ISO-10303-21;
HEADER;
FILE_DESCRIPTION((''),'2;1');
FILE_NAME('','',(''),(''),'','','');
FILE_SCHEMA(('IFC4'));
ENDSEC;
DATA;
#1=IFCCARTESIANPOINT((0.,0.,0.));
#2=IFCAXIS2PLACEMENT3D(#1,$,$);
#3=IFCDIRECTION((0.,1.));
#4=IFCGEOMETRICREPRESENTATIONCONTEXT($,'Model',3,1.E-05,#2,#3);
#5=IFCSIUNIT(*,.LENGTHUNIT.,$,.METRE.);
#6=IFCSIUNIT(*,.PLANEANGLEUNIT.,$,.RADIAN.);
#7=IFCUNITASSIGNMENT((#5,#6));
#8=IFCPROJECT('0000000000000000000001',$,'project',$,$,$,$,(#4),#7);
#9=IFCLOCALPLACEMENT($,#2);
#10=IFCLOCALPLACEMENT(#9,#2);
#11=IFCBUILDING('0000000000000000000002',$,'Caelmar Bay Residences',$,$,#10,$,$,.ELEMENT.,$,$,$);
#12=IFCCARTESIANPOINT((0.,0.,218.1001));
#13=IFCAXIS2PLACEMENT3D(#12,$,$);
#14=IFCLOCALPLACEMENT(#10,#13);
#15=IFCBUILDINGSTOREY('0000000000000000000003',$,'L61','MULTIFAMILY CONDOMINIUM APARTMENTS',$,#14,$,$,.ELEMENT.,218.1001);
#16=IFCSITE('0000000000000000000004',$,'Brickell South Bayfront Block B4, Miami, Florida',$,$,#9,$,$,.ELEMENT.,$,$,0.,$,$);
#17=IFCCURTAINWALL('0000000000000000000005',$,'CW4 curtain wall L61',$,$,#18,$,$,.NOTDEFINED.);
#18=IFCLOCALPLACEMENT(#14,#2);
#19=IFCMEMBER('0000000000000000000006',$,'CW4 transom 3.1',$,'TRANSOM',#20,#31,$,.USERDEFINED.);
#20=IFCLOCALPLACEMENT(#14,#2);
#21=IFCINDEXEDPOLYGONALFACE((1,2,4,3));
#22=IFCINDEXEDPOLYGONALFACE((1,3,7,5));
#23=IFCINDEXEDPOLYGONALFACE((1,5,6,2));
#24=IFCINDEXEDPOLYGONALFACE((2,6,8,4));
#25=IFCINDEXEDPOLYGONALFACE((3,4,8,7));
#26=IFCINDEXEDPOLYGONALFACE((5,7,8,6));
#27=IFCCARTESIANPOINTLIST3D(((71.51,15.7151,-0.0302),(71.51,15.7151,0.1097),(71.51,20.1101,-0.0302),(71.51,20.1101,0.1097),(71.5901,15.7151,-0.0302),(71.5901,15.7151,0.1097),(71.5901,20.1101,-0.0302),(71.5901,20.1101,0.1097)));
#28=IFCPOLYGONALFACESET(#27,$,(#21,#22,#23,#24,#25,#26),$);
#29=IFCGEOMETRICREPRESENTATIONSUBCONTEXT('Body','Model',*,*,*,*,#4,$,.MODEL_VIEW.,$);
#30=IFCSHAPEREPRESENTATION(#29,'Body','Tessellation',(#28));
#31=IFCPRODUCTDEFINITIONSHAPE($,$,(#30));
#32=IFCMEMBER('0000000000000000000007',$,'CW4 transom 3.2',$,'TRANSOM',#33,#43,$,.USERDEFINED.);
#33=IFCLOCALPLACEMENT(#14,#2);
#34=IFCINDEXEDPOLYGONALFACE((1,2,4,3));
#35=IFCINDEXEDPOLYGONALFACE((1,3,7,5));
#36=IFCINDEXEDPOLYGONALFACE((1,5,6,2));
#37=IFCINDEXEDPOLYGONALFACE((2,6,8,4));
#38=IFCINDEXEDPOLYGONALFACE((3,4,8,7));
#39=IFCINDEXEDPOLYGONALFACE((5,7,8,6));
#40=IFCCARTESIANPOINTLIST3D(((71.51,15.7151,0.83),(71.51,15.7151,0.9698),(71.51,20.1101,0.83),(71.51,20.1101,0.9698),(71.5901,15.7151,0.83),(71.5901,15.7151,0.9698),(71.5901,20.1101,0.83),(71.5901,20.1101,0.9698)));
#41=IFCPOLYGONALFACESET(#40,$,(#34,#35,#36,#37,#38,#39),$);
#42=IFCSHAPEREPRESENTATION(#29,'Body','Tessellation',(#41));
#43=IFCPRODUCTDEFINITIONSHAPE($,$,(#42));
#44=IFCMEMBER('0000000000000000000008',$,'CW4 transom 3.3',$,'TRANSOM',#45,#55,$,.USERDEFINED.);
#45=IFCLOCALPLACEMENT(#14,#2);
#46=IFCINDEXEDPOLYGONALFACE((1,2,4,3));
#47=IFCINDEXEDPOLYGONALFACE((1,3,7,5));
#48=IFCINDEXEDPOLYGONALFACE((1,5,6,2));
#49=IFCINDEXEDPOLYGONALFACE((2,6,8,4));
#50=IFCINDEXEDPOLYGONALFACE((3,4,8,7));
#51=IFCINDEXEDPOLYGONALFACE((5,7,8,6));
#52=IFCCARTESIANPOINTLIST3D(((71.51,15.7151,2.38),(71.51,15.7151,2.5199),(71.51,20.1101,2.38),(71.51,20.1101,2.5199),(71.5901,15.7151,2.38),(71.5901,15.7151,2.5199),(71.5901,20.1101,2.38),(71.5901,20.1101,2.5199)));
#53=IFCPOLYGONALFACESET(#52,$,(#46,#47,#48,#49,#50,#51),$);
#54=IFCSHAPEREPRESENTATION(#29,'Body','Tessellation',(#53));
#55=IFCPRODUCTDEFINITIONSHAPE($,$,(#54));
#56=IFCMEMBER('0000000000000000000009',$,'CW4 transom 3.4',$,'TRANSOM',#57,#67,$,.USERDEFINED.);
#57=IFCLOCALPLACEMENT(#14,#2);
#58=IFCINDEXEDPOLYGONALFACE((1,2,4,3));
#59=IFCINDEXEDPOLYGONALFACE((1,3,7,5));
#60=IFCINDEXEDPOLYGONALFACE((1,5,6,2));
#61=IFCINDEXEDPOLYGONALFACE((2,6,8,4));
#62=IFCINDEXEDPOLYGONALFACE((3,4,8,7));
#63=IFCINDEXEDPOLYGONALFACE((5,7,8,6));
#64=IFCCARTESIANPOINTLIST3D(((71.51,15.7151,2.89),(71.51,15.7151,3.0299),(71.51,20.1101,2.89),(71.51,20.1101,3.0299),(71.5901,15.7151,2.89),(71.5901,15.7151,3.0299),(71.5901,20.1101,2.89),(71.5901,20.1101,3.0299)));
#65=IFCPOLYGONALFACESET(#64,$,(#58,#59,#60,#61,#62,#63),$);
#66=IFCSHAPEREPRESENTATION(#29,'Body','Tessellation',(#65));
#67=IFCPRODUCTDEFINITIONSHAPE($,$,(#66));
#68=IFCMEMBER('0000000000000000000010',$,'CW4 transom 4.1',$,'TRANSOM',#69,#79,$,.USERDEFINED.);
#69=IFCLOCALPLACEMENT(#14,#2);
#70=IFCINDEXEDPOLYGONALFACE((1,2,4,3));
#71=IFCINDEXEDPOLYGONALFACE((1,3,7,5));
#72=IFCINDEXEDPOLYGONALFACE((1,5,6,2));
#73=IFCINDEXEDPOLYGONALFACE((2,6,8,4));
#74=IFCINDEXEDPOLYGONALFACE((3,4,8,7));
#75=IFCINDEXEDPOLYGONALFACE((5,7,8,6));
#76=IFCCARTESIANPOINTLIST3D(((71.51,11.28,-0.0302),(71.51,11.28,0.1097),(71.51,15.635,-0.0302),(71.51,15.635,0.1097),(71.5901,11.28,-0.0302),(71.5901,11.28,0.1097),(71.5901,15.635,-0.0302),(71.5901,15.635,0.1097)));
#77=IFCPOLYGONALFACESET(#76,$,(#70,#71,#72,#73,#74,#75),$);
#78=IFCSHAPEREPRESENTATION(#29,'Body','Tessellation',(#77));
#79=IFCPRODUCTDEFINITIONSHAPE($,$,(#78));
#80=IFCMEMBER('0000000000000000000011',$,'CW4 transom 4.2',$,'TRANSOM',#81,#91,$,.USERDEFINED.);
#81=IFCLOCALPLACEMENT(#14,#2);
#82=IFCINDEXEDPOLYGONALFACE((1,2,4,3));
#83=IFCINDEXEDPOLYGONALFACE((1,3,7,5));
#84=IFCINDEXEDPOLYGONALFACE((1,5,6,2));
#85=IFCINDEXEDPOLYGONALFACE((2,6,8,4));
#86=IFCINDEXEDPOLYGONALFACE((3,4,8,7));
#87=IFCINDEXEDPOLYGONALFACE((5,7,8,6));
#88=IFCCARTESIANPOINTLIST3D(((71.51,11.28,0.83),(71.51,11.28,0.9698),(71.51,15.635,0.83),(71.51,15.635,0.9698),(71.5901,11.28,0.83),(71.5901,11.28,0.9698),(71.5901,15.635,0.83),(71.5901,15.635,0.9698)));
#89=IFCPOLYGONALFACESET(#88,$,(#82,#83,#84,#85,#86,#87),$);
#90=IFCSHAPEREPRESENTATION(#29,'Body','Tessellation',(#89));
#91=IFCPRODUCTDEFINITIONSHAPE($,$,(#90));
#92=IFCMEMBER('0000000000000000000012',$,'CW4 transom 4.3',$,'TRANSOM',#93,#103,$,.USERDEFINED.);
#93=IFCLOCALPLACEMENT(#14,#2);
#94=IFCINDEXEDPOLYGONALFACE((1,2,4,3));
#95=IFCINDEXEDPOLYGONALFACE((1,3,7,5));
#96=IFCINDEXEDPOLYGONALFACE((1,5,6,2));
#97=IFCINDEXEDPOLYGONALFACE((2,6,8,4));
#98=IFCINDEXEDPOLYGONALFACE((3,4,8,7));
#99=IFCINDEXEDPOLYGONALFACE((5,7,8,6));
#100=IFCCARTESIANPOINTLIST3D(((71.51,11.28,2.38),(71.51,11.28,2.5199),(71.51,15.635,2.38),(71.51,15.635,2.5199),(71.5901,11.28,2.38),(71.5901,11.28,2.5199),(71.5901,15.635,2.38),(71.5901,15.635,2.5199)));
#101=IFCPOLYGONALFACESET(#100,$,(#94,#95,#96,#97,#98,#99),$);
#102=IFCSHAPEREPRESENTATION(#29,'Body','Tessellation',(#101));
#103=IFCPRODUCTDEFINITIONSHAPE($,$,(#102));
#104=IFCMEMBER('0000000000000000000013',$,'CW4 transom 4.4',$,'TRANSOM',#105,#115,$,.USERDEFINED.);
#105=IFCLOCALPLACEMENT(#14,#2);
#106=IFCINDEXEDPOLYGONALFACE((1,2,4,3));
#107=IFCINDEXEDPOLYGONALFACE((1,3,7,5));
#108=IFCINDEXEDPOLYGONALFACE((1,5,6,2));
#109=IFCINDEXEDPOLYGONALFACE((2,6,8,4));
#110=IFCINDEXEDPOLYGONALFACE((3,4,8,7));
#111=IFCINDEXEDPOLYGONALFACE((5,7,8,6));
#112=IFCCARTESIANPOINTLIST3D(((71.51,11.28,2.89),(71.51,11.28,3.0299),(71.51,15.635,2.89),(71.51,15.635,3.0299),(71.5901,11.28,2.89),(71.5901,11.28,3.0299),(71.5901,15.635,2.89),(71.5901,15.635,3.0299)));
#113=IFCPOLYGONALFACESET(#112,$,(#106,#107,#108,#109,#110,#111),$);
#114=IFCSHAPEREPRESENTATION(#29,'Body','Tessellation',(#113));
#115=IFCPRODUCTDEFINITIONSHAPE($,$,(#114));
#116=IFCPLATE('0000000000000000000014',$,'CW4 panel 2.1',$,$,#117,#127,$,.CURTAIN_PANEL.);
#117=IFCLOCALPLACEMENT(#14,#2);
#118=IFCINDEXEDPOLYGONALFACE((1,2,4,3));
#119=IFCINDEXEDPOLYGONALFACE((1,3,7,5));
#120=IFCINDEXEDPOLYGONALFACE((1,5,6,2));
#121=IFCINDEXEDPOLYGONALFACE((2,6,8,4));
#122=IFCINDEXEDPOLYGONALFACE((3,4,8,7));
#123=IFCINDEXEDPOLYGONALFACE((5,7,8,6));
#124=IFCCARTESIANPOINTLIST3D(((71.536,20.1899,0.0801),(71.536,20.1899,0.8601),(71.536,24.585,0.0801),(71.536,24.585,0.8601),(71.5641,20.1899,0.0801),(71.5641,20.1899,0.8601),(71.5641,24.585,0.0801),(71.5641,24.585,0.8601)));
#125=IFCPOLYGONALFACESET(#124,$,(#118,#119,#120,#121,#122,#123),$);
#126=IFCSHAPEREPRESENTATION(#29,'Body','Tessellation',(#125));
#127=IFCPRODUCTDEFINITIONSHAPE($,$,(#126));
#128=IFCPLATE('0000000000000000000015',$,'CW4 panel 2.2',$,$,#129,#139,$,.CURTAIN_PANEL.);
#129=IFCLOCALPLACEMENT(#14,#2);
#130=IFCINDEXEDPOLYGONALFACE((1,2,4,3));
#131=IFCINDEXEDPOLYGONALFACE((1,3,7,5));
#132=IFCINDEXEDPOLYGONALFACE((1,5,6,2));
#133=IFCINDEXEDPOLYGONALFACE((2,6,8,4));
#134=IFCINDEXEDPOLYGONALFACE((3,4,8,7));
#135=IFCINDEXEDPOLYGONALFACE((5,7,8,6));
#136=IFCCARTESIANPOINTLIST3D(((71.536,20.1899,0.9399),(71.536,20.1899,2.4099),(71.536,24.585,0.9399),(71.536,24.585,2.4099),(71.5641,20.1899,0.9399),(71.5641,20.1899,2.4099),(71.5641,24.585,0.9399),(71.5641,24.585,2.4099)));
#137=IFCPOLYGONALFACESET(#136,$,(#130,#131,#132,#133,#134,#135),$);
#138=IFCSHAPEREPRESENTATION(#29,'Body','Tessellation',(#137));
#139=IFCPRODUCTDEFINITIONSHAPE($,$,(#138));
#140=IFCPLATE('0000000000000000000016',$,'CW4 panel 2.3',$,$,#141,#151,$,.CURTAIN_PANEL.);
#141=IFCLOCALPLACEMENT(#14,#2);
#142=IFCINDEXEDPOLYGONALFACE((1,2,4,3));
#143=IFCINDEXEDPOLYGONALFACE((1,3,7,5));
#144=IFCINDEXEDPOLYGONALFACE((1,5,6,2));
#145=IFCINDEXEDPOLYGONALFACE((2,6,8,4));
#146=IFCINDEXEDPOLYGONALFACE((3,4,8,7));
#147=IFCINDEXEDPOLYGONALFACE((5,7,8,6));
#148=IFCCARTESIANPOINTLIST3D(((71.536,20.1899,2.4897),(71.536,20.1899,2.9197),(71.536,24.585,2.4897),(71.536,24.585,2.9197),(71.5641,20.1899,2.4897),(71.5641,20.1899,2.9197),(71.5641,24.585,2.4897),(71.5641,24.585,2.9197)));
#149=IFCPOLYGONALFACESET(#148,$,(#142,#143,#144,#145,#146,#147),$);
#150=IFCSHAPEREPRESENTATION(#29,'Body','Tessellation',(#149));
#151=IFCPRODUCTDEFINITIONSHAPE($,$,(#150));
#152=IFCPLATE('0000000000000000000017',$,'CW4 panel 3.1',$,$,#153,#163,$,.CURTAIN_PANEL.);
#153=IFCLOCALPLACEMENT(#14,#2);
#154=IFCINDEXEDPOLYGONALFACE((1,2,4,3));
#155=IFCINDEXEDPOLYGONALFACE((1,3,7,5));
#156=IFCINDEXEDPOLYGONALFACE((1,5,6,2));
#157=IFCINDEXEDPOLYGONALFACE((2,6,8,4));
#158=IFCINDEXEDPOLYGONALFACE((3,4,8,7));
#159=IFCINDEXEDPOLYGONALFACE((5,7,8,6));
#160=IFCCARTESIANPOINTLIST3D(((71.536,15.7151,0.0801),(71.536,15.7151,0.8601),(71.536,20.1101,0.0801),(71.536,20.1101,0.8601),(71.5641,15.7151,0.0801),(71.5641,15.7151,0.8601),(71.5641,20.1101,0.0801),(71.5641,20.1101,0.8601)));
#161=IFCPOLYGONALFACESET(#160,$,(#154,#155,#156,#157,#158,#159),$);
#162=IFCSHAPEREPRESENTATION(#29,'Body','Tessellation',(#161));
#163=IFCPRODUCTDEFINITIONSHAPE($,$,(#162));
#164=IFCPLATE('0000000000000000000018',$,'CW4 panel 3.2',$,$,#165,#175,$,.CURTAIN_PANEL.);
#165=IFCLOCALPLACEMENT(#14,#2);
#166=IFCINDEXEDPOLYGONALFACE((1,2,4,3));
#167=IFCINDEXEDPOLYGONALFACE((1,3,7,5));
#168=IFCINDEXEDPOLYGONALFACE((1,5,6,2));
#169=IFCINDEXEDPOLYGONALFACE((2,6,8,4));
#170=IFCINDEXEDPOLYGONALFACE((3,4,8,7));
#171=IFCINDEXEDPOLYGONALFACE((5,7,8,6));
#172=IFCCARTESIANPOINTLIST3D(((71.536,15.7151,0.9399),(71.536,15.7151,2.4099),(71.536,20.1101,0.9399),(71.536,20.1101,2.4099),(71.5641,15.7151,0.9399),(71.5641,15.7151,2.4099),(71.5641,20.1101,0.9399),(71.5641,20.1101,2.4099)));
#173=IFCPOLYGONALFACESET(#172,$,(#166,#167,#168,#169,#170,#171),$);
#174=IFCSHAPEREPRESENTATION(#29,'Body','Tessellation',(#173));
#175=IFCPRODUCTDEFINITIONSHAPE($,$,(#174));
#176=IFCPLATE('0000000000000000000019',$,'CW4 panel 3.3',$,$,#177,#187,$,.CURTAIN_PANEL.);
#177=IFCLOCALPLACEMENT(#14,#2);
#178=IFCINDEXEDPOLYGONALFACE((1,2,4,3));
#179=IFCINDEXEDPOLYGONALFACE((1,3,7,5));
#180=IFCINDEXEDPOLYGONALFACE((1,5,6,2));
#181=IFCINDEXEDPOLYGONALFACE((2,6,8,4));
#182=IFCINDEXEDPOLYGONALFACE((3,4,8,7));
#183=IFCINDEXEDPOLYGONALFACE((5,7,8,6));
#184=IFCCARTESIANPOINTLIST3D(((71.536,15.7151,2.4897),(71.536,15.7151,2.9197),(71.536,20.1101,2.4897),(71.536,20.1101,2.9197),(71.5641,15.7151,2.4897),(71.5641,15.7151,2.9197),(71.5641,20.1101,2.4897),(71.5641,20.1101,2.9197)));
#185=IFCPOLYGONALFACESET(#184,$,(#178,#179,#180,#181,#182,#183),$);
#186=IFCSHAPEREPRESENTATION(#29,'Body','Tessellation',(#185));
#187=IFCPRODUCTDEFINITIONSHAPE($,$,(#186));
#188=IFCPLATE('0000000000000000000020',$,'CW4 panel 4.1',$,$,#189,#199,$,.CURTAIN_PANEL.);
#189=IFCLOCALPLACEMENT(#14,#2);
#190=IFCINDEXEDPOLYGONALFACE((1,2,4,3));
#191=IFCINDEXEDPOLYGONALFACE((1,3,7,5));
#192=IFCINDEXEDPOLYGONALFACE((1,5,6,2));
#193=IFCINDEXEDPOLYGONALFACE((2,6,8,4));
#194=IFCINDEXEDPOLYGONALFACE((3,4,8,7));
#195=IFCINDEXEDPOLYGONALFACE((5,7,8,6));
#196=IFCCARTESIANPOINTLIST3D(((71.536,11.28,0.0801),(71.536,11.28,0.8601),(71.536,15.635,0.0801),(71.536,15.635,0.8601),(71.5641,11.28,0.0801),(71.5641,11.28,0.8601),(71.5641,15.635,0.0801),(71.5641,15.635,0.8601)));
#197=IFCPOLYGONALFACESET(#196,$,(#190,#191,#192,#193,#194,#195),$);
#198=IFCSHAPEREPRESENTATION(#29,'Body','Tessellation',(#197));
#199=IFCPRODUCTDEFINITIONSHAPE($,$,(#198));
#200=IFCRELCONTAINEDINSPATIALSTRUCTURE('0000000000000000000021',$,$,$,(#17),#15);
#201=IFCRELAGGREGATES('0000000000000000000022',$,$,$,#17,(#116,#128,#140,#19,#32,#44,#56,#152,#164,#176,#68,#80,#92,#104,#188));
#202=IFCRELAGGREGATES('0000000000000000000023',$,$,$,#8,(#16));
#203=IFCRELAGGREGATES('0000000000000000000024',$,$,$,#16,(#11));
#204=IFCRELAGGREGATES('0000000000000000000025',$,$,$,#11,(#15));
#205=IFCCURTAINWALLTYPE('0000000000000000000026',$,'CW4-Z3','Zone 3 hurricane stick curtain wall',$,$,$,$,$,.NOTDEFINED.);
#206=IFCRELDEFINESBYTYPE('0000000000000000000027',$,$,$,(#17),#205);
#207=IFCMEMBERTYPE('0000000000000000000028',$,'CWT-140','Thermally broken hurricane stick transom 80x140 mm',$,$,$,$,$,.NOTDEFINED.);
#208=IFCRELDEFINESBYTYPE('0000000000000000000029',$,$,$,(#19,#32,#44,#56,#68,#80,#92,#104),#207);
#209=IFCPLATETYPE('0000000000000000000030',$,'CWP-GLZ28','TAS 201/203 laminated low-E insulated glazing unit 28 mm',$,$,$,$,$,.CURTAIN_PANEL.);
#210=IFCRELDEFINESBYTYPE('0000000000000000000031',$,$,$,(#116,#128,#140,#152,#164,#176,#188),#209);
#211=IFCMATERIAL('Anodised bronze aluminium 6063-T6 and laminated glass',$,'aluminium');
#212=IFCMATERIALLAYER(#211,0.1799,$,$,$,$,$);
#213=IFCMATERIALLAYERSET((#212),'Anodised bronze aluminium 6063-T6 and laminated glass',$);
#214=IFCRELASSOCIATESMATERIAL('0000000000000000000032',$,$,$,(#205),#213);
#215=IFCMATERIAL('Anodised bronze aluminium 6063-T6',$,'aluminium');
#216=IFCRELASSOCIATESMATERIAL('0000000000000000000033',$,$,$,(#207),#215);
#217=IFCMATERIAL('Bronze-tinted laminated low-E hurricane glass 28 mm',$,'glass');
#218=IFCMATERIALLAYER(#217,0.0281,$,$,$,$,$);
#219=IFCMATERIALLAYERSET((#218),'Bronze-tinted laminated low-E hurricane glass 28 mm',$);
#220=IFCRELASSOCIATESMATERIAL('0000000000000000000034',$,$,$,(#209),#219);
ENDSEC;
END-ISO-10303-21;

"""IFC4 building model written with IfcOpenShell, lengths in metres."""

from ifc_helpers import new_model, si_unit, direction, frame, origin, origin_2d, place, context, subcontext, project, spatial, rectangle, extrude, material, layer, layer_set, material_profile, profile_set, type_object, element, aggregate, save


model = new_model("IFC4")

# Units and contexts
model_context = context("Model", 3, precision=1e-05, world=origin(), true_north=direction((0.0, 1.0)))
body_context = subcontext(model_context, "Body", "Model", "MODEL_VIEW")
ifc_project = project(units=[si_unit("LENGTHUNIT", "METRE"), si_unit("PLANEANGLEUNIT", "RADIAN")], contexts=[model_context])

# Site, building, storey
site_placement = place(None, origin())
site = spatial("IfcSite", under=ifc_project, at=site_placement, Name="Brickell South Bayfront Block B4, Miami, Florida", CompositionType="ELEMENT", RefElevation=0.0)
building_placement = place(site_placement, origin())
building = spatial("IfcBuilding", under=site, at=building_placement, Name="Caelmar Bay Residences", CompositionType="ELEMENT")
storey_placement = place(building_placement, frame((0.0, 0.0, 218.1001)))
storey = spatial("IfcBuildingStorey", under=building, at=storey_placement, Name="L61", Description="MULTIFAMILY CONDOMINIUM APARTMENTS", CompositionType="ELEMENT", Elevation=218.1001)

# Curtain wall, members, plates
ifc_material_1 = material(Name="Anodised bronze aluminium 6063-T6 and laminated glass", Category="aluminium")
ifc_layer_1 = layer(ifc_material_1, 0.1799)
ifc_layer_set_1 = layer_set([ifc_layer_1], Name="Anodised bronze aluminium 6063-T6 and laminated glass")
curtain_wall_type = type_object("IfcCurtainWallType", Name="CW4-Z3", Description="Zone 3 hurricane stick curtain wall", PredefinedType="NOTDEFINED", material=ifc_layer_set_1)
curtain_wall_placement = place(storey_placement, origin())
curtain_wall = element("IfcCurtainWall", 1, at=curtain_wall_placement, inside=storey, type_object=curtain_wall_type, Name="CW4 curtain wall L61", PredefinedType="NOTDEFINED")
ifc_material_2 = material(Name="Anodised bronze aluminium 6063-T6", Category="aluminium")
ifc_material_profile_1 = material_profile(ifc_material_2, rectangle(XDim=0.0801, YDim=0.1399, at=origin_2d()), Name="CWT-80X140")
ifc_profile_set_1 = profile_set([ifc_material_profile_1], Name="Anodised bronze aluminium 6063-T6")
member_type_1 = type_object("IfcMemberType", Name="CWT-140", Description="Thermally broken hurricane stick transom 80x140 mm", PredefinedType="NOTDEFINED", material=ifc_profile_set_1)
member_1_placement = place(storey_placement, frame((71.55, 20.1101, 0.0398), z_axis=(0.0, -1.0, 0.0), x_axis=(1.0, 0.0, 0.0)))
member_1 = element("IfcMember", 2, at=member_1_placement, type_object=member_type_1, Name="CW4 transom 3.1", ObjectType="TRANSOM", PredefinedType="USERDEFINED", context=body_context, shape_type="SweptSolid", body=[
    extrude(rectangle(XDim=0.0801, YDim=0.1399, at=origin_2d()), origin(), (0.0, 0.0, 1.0), 4.395),
])
member_2_placement = place(storey_placement, frame((71.55, 20.1101, 0.8999), z_axis=(0.0, -1.0, 0.0), x_axis=(1.0, 0.0, 0.0)))
member_2 = element("IfcMember", 3, at=member_2_placement, type_object=member_type_1, Name="CW4 transom 3.2", ObjectType="TRANSOM", PredefinedType="USERDEFINED", context=body_context, shape_type="SweptSolid", body=[
    extrude(rectangle(XDim=0.0801, YDim=0.1399, at=origin_2d()), origin(), (0.0, 0.0, 1.0), 4.395),
])
member_3_placement = place(storey_placement, frame((71.55, 20.1101, 2.45), z_axis=(0.0, -1.0, 0.0), x_axis=(1.0, 0.0, 0.0)))
member_3 = element("IfcMember", 4, at=member_3_placement, type_object=member_type_1, Name="CW4 transom 3.3", ObjectType="TRANSOM", PredefinedType="USERDEFINED", context=body_context, shape_type="SweptSolid", body=[
    extrude(rectangle(XDim=0.0801, YDim=0.1399, at=origin_2d()), origin(), (0.0, 0.0, 1.0), 4.395),
])
member_4_placement = place(storey_placement, frame((71.55, 20.1101, 2.96), z_axis=(0.0, -1.0, 0.0), x_axis=(1.0, 0.0, 0.0)))
member_4 = element("IfcMember", 5, at=member_4_placement, type_object=member_type_1, Name="CW4 transom 3.4", ObjectType="TRANSOM", PredefinedType="USERDEFINED", context=body_context, shape_type="SweptSolid", body=[
    extrude(rectangle(XDim=0.0801, YDim=0.1399, at=origin_2d()), origin(), (0.0, 0.0, 1.0), 4.395),
])
member_5_placement = place(storey_placement, frame((71.55, 15.635, 0.0398), z_axis=(0.0, -1.0, 0.0), x_axis=(1.0, 0.0, 0.0)))
member_5 = element("IfcMember", 6, at=member_5_placement, type_object=member_type_1, Name="CW4 transom 4.1", ObjectType="TRANSOM", PredefinedType="USERDEFINED", context=body_context, shape_type="SweptSolid", body=[
    extrude(rectangle(XDim=0.0801, YDim=0.1399, at=origin_2d()), origin(), (0.0, 0.0, 1.0), 4.355),
])
member_6_placement = place(storey_placement, frame((71.55, 15.635, 0.8999), z_axis=(0.0, -1.0, 0.0), x_axis=(1.0, 0.0, 0.0)))
member_6 = element("IfcMember", 7, at=member_6_placement, type_object=member_type_1, Name="CW4 transom 4.2", ObjectType="TRANSOM", PredefinedType="USERDEFINED", context=body_context, shape_type="SweptSolid", body=[
    extrude(rectangle(XDim=0.0801, YDim=0.1399, at=origin_2d()), origin(), (0.0, 0.0, 1.0), 4.355),
])
member_7_placement = place(storey_placement, frame((71.55, 15.635, 2.45), z_axis=(0.0, -1.0, 0.0), x_axis=(1.0, 0.0, 0.0)))
member_7 = element("IfcMember", 8, at=member_7_placement, type_object=member_type_1, Name="CW4 transom 4.3", ObjectType="TRANSOM", PredefinedType="USERDEFINED", context=body_context, shape_type="SweptSolid", body=[
    extrude(rectangle(XDim=0.0801, YDim=0.1399, at=origin_2d()), origin(), (0.0, 0.0, 1.0), 4.355),
])
member_8_placement = place(storey_placement, frame((71.55, 15.635, 2.96), z_axis=(0.0, -1.0, 0.0), x_axis=(1.0, 0.0, 0.0)))
member_8 = element("IfcMember", 9, at=member_8_placement, type_object=member_type_1, Name="CW4 transom 4.4", ObjectType="TRANSOM", PredefinedType="USERDEFINED", context=body_context, shape_type="SweptSolid", body=[
    extrude(rectangle(XDim=0.0801, YDim=0.1399, at=origin_2d()), origin(), (0.0, 0.0, 1.0), 4.355),
])
ifc_material_3 = material(Name="Bronze-tinted laminated low-E hurricane glass 28 mm", Category="glass")
ifc_layer_2 = layer(ifc_material_3, 0.0281)
ifc_layer_set_2 = layer_set([ifc_layer_2], Name="Bronze-tinted laminated low-E hurricane glass 28 mm")
plate_type = type_object("IfcPlateType", Name="CWP-GLZ28", Description="TAS 201/203 laminated low-E insulated glazing unit 28 mm", PredefinedType="CURTAIN_PANEL", material=ifc_layer_set_2)
plate_1_placement = place(storey_placement, frame((71.55, 22.3875, 0.0801), z_axis=(0.0, 0.0, 1.0), x_axis=(0.0, -1.0, 0.0)))
plate_1 = element("IfcPlate", 10, at=plate_1_placement, type_object=plate_type, Name="CW4 panel 2.1", PredefinedType="CURTAIN_PANEL", context=body_context, shape_type="SweptSolid", body=[
    extrude(rectangle(XDim=4.395, YDim=0.0281, at=origin_2d()), origin(), (0.0, 0.0, 1.0), 0.78),
])
plate_2_placement = place(storey_placement, frame((71.55, 22.3875, 0.9399), z_axis=(0.0, 0.0, 1.0), x_axis=(0.0, -1.0, 0.0)))
plate_2 = element("IfcPlate", 11, at=plate_2_placement, type_object=plate_type, Name="CW4 panel 2.2", PredefinedType="CURTAIN_PANEL", context=body_context, shape_type="SweptSolid", body=[
    extrude(rectangle(XDim=4.395, YDim=0.0281, at=origin_2d()), origin(), (0.0, 0.0, 1.0), 1.47),
])
plate_3_placement = place(storey_placement, frame((71.55, 22.3875, 2.4897), z_axis=(0.0, 0.0, 1.0), x_axis=(0.0, -1.0, 0.0)))
plate_3 = element("IfcPlate", 12, at=plate_3_placement, type_object=plate_type, Name="CW4 panel 2.3", PredefinedType="CURTAIN_PANEL", context=body_context, shape_type="SweptSolid", body=[
    extrude(rectangle(XDim=4.395, YDim=0.0281, at=origin_2d()), origin(), (0.0, 0.0, 1.0), 0.4299),
])
plate_4_placement = place(storey_placement, frame((71.55, 17.9126, 0.0801), z_axis=(0.0, 0.0, 1.0), x_axis=(0.0, -1.0, 0.0)))
plate_4 = element("IfcPlate", 13, at=plate_4_placement, type_object=plate_type, Name="CW4 panel 3.1", PredefinedType="CURTAIN_PANEL", context=body_context, shape_type="SweptSolid", body=[
    extrude(rectangle(XDim=4.395, YDim=0.0281, at=origin_2d()), origin(), (0.0, 0.0, 1.0), 0.78),
])
plate_5_placement = place(storey_placement, frame((71.55, 17.9126, 0.9399), z_axis=(0.0, 0.0, 1.0), x_axis=(0.0, -1.0, 0.0)))
plate_5 = element("IfcPlate", 14, at=plate_5_placement, type_object=plate_type, Name="CW4 panel 3.2", PredefinedType="CURTAIN_PANEL", context=body_context, shape_type="SweptSolid", body=[
    extrude(rectangle(XDim=4.395, YDim=0.0281, at=origin_2d()), origin(), (0.0, 0.0, 1.0), 1.47),
])
plate_6_placement = place(storey_placement, frame((71.55, 17.9126, 2.4897), z_axis=(0.0, 0.0, 1.0), x_axis=(0.0, -1.0, 0.0)))
plate_6 = element("IfcPlate", 15, at=plate_6_placement, type_object=plate_type, Name="CW4 panel 3.3", PredefinedType="CURTAIN_PANEL", context=body_context, shape_type="SweptSolid", body=[
    extrude(rectangle(XDim=4.395, YDim=0.0281, at=origin_2d()), origin(), (0.0, 0.0, 1.0), 0.4299),
])
plate_7_placement = place(storey_placement, frame((71.55, 13.4575, 0.0801), z_axis=(0.0, 0.0, 1.0), x_axis=(0.0, -1.0, 0.0)))
plate_7 = element("IfcPlate", 16, at=plate_7_placement, type_object=plate_type, Name="CW4 panel 4.1", PredefinedType="CURTAIN_PANEL", context=body_context, shape_type="SweptSolid", body=[
    extrude(rectangle(XDim=4.355, YDim=0.0281, at=origin_2d()), origin(), (0.0, 0.0, 1.0), 0.78),
])
aggregate(curtain_wall, [plate_1, plate_2, plate_3, member_1, member_2, member_3, member_4, plate_4, plate_5, plate_6, member_5, member_6, member_7, member_8, plate_7])

save(model, "model.ifc")
